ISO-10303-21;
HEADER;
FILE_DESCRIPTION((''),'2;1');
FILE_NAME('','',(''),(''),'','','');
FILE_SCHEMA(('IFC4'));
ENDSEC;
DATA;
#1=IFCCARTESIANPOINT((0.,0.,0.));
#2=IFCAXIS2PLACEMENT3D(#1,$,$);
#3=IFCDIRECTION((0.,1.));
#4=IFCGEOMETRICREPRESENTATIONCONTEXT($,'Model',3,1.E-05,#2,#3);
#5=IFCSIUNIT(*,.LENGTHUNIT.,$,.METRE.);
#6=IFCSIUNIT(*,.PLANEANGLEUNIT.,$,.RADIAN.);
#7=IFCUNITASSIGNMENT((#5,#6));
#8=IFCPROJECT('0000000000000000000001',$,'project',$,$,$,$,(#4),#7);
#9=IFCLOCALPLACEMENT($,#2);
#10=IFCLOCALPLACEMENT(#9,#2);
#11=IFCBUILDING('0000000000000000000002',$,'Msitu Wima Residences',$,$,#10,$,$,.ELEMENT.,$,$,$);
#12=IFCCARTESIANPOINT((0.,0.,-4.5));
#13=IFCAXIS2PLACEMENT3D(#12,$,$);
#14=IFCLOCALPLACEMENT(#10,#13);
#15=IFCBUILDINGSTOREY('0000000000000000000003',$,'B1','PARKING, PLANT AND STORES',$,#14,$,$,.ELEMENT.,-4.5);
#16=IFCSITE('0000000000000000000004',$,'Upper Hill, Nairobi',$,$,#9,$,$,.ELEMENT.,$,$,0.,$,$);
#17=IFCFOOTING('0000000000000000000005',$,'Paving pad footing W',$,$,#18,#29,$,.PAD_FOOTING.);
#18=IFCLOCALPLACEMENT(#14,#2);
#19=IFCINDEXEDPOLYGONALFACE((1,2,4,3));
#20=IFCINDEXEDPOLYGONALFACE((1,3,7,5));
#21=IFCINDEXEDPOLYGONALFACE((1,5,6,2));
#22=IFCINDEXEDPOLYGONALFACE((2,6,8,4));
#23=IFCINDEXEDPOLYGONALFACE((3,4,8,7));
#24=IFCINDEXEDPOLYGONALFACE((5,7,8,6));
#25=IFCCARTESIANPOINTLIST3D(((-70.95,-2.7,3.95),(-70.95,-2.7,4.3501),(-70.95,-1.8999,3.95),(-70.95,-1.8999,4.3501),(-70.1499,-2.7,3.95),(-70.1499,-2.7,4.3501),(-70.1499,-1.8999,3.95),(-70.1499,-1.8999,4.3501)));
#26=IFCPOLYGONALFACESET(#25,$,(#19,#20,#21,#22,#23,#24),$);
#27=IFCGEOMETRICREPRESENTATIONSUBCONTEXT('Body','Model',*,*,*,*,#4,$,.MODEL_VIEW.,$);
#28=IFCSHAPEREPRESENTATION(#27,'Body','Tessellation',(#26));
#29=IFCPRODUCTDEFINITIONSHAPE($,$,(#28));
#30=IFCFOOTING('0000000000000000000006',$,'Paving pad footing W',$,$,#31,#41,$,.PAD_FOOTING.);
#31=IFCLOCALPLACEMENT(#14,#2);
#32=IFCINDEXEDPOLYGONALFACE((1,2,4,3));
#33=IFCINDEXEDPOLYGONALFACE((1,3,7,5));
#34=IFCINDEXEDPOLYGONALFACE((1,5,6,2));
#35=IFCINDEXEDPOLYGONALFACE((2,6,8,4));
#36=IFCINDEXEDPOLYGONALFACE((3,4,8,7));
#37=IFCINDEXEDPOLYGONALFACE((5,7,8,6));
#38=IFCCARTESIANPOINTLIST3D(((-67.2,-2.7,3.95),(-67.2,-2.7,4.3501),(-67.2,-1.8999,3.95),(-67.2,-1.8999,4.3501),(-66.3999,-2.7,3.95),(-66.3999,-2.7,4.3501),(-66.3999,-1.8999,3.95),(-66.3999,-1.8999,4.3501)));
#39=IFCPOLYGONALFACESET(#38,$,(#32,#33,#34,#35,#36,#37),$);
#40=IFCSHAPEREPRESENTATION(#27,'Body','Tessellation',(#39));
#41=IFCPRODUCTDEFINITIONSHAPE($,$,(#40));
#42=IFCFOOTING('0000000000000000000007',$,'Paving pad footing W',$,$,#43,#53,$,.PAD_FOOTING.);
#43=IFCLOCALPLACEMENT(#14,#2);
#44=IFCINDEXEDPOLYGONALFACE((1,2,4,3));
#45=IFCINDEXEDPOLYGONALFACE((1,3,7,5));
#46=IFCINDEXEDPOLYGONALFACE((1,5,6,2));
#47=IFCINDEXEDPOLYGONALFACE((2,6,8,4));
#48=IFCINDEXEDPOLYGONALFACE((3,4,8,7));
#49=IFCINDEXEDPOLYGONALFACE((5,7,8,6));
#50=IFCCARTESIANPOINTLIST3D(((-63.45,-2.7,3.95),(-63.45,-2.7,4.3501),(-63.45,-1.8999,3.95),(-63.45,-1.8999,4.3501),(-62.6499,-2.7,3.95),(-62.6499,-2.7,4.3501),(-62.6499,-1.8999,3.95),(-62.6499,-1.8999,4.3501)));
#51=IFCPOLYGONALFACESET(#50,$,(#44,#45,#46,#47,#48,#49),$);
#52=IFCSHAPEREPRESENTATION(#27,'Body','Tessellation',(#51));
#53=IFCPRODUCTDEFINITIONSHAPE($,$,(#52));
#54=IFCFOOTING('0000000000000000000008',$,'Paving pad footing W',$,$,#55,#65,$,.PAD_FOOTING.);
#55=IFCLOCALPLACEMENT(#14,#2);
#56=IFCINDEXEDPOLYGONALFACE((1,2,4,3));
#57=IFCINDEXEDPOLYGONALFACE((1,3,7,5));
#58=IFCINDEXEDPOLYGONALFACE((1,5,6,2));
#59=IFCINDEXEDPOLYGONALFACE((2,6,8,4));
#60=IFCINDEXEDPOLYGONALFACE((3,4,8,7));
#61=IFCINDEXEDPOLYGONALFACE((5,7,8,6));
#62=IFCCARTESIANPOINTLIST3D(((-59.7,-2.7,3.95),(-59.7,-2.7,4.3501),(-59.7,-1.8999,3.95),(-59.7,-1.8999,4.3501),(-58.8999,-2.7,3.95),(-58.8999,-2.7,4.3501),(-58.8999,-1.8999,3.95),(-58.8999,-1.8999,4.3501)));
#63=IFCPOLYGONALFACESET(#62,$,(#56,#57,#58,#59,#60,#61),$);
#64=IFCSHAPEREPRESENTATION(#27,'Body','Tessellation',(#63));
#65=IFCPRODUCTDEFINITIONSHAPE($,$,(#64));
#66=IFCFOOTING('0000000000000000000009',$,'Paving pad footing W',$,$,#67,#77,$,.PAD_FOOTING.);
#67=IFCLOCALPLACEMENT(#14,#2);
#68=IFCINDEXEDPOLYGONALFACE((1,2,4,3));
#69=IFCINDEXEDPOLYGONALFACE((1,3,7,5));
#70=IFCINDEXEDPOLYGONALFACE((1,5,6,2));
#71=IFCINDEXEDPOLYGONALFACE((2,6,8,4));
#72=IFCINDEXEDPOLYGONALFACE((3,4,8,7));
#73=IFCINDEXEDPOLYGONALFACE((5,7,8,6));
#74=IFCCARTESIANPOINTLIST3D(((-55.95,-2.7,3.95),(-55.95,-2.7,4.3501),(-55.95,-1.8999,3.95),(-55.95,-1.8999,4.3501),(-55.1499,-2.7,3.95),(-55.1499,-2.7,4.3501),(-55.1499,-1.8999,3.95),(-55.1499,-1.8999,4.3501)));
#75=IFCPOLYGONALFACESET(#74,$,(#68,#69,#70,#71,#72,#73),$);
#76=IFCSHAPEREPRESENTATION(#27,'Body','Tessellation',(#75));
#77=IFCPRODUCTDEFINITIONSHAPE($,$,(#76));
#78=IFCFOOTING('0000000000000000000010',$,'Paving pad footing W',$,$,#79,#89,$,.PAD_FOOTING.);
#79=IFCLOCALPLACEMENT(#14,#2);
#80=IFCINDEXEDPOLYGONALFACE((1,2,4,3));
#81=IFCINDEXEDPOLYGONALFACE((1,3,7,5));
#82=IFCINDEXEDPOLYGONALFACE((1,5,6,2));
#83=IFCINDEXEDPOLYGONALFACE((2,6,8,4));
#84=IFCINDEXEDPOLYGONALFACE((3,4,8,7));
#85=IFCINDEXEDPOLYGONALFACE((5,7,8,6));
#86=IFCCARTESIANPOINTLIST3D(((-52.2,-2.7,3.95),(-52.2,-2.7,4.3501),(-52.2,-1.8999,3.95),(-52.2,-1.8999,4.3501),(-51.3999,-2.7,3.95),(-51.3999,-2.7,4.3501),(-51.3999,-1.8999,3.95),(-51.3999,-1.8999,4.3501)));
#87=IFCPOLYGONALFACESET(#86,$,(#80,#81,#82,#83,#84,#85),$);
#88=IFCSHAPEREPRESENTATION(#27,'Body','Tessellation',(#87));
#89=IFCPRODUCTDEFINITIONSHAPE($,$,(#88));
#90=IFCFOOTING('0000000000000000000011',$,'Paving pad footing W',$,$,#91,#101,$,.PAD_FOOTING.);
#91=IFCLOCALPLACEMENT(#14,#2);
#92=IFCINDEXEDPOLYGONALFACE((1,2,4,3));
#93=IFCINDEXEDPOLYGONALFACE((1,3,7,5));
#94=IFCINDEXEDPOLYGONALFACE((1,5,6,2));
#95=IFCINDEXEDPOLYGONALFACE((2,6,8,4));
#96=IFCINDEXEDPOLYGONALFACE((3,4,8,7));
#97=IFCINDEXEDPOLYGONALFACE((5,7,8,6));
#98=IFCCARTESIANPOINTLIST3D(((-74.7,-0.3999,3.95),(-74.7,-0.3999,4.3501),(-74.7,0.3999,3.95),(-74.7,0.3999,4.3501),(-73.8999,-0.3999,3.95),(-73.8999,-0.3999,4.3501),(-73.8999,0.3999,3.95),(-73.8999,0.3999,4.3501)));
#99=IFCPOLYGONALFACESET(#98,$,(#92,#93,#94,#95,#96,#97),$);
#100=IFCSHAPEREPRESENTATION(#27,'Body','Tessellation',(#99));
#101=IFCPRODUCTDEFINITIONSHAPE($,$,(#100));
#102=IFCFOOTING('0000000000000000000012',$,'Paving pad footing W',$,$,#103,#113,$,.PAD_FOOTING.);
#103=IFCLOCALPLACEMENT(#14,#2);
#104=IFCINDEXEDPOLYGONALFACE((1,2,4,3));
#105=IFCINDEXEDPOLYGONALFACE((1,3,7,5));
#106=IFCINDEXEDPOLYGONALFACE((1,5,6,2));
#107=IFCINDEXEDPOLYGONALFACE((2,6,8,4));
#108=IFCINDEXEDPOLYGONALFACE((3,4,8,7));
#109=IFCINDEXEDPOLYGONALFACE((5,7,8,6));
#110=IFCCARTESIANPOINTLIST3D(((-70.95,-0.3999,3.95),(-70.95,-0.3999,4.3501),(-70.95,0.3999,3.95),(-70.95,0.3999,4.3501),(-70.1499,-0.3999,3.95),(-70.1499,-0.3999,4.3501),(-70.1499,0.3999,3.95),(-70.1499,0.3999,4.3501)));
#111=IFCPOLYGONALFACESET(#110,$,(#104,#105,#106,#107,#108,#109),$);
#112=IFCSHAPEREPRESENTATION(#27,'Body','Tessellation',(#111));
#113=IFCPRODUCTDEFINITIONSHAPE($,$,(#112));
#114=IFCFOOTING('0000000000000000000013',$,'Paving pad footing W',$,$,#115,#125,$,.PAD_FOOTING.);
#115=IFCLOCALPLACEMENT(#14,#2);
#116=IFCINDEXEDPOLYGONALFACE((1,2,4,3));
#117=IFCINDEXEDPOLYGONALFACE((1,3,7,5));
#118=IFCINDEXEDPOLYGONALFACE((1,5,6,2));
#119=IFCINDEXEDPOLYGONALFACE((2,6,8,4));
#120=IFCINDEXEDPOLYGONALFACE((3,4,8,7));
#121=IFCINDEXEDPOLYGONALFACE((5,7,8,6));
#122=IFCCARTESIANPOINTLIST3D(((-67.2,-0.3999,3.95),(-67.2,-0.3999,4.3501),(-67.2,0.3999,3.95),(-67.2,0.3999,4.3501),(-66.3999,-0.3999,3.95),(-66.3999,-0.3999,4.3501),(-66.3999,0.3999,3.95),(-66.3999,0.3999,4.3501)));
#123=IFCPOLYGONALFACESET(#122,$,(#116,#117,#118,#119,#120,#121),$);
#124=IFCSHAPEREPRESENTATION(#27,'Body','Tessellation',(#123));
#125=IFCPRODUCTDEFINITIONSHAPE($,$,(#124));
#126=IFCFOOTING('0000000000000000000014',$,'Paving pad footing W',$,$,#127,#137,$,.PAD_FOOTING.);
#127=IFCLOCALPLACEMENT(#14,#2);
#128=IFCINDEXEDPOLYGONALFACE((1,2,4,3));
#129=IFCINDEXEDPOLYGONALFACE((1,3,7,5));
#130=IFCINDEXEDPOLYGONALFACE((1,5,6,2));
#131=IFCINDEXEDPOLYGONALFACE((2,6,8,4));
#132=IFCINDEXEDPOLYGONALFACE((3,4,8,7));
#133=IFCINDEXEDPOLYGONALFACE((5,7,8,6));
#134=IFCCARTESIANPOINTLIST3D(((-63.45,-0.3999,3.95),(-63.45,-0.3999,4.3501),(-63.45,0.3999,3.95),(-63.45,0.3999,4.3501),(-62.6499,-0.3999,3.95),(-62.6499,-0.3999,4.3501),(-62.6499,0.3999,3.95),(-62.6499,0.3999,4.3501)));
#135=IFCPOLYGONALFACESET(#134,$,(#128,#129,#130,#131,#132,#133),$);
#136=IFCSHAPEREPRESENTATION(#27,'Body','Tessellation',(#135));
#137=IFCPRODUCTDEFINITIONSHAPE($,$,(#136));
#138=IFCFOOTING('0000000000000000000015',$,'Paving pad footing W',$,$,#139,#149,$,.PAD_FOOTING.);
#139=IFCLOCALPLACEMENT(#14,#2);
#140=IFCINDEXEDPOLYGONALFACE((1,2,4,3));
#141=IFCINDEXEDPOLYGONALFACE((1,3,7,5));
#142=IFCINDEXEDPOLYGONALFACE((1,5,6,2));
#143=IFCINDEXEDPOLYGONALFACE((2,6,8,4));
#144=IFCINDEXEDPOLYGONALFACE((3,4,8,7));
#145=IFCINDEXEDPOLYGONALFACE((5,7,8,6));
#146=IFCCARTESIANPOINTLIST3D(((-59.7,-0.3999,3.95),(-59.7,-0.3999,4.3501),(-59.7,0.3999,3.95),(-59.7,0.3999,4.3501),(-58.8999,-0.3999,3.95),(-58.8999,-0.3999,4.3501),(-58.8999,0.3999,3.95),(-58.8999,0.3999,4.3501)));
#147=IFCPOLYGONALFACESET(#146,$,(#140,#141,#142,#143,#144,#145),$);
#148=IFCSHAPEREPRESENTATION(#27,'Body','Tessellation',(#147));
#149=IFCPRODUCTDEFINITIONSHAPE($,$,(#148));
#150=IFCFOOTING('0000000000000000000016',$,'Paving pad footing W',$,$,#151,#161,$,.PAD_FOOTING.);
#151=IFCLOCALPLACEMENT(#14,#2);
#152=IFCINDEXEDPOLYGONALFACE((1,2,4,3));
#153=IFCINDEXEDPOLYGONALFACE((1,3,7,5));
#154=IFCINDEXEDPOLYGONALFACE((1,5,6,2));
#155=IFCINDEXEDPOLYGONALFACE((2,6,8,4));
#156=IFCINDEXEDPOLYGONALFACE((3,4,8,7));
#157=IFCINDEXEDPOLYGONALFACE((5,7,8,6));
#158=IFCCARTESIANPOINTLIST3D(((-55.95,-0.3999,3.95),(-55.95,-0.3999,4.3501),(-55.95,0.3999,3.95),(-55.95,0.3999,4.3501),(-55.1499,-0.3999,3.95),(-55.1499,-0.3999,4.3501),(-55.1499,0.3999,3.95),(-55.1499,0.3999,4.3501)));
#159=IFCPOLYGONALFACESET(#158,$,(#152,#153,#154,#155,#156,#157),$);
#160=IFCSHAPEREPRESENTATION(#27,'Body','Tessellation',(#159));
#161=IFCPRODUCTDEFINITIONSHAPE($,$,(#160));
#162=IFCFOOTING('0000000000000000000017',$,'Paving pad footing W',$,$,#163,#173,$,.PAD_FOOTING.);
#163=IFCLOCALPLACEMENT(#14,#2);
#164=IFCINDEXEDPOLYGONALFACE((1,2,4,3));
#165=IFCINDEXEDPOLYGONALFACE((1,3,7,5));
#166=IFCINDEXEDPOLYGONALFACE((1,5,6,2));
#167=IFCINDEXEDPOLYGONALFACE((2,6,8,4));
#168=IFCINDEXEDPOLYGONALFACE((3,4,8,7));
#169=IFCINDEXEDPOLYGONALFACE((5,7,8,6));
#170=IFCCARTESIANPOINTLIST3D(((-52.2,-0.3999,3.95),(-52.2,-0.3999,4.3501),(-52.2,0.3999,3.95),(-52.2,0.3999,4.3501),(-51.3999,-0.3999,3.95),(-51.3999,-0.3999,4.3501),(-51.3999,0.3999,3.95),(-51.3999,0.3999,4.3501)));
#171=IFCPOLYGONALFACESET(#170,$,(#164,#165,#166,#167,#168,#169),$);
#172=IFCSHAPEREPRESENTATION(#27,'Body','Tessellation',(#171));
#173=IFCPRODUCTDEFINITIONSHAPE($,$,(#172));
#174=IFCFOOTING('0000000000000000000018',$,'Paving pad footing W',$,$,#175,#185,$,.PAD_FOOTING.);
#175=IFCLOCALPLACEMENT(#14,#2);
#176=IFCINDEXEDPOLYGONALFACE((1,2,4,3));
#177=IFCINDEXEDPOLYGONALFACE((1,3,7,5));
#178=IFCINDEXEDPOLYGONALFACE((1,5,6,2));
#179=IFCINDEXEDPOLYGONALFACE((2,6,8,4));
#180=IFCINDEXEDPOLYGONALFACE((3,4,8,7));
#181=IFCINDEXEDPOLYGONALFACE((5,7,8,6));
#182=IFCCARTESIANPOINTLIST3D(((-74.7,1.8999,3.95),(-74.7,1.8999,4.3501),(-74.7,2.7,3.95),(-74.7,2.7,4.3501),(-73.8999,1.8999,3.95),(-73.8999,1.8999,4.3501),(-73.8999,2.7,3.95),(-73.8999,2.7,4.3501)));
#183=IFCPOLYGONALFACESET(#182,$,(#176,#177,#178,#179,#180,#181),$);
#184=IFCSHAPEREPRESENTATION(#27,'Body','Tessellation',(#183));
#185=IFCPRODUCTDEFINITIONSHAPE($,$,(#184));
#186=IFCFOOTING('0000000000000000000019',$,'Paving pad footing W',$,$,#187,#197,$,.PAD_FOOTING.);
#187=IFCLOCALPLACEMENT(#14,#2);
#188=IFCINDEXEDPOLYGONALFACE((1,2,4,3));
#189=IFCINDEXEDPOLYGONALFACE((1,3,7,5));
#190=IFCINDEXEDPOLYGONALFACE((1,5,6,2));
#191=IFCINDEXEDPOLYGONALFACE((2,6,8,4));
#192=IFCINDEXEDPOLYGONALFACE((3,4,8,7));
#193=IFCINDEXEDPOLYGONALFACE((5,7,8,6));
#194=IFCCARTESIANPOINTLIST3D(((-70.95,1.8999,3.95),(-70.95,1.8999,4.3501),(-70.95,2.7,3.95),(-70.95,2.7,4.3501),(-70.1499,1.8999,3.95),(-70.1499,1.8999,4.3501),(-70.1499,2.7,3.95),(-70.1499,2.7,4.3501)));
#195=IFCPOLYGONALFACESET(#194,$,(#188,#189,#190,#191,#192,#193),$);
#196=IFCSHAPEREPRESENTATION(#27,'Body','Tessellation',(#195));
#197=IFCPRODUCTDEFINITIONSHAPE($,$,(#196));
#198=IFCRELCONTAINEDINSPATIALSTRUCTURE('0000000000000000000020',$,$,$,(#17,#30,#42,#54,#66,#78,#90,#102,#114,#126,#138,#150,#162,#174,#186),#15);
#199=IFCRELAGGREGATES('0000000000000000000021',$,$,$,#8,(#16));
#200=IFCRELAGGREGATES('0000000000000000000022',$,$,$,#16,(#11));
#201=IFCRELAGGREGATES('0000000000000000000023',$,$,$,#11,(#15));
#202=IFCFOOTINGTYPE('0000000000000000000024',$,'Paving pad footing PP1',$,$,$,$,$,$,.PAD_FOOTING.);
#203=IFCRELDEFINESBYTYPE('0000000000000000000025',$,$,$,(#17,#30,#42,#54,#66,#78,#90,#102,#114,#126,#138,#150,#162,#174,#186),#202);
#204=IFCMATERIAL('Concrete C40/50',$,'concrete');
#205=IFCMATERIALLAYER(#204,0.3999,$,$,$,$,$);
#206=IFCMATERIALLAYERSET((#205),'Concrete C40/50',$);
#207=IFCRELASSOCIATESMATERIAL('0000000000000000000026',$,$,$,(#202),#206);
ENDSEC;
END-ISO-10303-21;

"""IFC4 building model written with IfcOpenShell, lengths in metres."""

from ifc_helpers import new_model, si_unit, direction, frame, origin, place, context, subcontext, project, spatial, polyline, outline, extrude, material, layer, layer_set, type_object, element, save


model = new_model("IFC4")

# Units and contexts
model_context = context("Model", 3, precision=1e-05, world=origin(), true_north=direction((0.0, 1.0)))
body_context = subcontext(model_context, "Body", "Model", "MODEL_VIEW")
ifc_project = project(units=[si_unit("LENGTHUNIT", "METRE"), si_unit("PLANEANGLEUNIT", "RADIAN")], contexts=[model_context])

# Site, building, storey
site_placement = place(None, origin())
site = spatial("IfcSite", under=ifc_project, at=site_placement, Name="Upper Hill, Nairobi", CompositionType="ELEMENT", RefElevation=0.0)
building_placement = place(site_placement, origin())
building = spatial("IfcBuilding", under=site, at=building_placement, Name="Msitu Wima Residences", CompositionType="ELEMENT")
storey_placement = place(building_placement, frame((0.0, 0.0, -4.5)))
storey = spatial("IfcBuildingStorey", under=building, at=storey_placement, Name="B1", Description="PARKING, PLANT AND STORES", CompositionType="ELEMENT", Elevation=-4.5)

# Footings
ifc_material = material(Name="Concrete C40/50", Category="concrete")
ifc_layer = layer(ifc_material, 0.3999)
ifc_layer_set = layer_set([ifc_layer], Name="Concrete C40/50")
footing_type = type_object("IfcFootingType", Name="Paving pad footing PP1", PredefinedType="PAD_FOOTING", material=ifc_layer_set)
footing_1_placement = place(storey_placement, frame((0.0, 0.0, 3.95)))
element("IfcFooting", 1, at=footing_1_placement, inside=storey, type_object=footing_type, Name="Paving pad footing W", PredefinedType="PAD_FOOTING", context=body_context, shape_type="SweptSolid", body=[
    extrude(outline(polyline([(-70.1499, -2.7), (-70.1499, -1.8999), (-70.95, -1.8999), (-70.95, -2.7), (-70.1499, -2.7)])), origin(), (0.0, 0.0, 1.0), 0.4001),
])
footing_2_placement = place(storey_placement, frame((0.0, 0.0, 3.95)))
element("IfcFooting", 2, at=footing_2_placement, inside=storey, type_object=footing_type, Name="Paving pad footing W", PredefinedType="PAD_FOOTING", context=body_context, shape_type="SweptSolid", body=[
    extrude(outline(polyline([(-66.3999, -2.7), (-66.3999, -1.8999), (-67.2, -1.8999), (-67.2, -2.7), (-66.3999, -2.7)])), origin(), (0.0, 0.0, 1.0), 0.4001),
])
footing_3_placement = place(storey_placement, frame((0.0, 0.0, 3.95)))
element("IfcFooting", 3, at=footing_3_placement, inside=storey, type_object=footing_type, Name="Paving pad footing W", PredefinedType="PAD_FOOTING", context=body_context, shape_type="SweptSolid", body=[
    extrude(outline(polyline([(-62.6499, -2.7), (-62.6499, -1.8999), (-63.45, -1.8999), (-63.45, -2.7), (-62.6499, -2.7)])), origin(), (0.0, 0.0, 1.0), 0.4001),
])
footing_4_placement = place(storey_placement, frame((0.0, 0.0, 3.95)))
element("IfcFooting", 4, at=footing_4_placement, inside=storey, type_object=footing_type, Name="Paving pad footing W", PredefinedType="PAD_FOOTING", context=body_context, shape_type="SweptSolid", body=[
    extrude(outline(polyline([(-58.8999, -2.7), (-58.8999, -1.8999), (-59.7, -1.8999), (-59.7, -2.7), (-58.8999, -2.7)])), origin(), (0.0, 0.0, 1.0), 0.4001),
])
footing_5_placement = place(storey_placement, frame((0.0, 0.0, 3.95)))
element("IfcFooting", 5, at=footing_5_placement, inside=storey, type_object=footing_type, Name="Paving pad footing W", PredefinedType="PAD_FOOTING", context=body_context, shape_type="SweptSolid", body=[
    extrude(outline(polyline([(-55.1499, -2.7), (-55.1499, -1.8999), (-55.95, -1.8999), (-55.95, -2.7), (-55.1499, -2.7)])), origin(), (0.0, 0.0, 1.0), 0.4001),
])
footing_6_placement = place(storey_placement, frame((0.0, 0.0, 3.95)))
element("IfcFooting", 6, at=footing_6_placement, inside=storey, type_object=footing_type, Name="Paving pad footing W", PredefinedType="PAD_FOOTING", context=body_context, shape_type="SweptSolid", body=[
    extrude(outline(polyline([(-51.3999, -2.7), (-51.3999, -1.8999), (-52.2, -1.8999), (-52.2, -2.7), (-51.3999, -2.7)])), origin(), (0.0, 0.0, 1.0), 0.4001),
])
footing_7_placement = place(storey_placement, frame((0.0, 0.0, 3.95)))
element("IfcFooting", 7, at=footing_7_placement, inside=storey, type_object=footing_type, Name="Paving pad footing W", PredefinedType="PAD_FOOTING", context=body_context, shape_type="SweptSolid", body=[
    extrude(outline(polyline([(-73.8999, -0.3999), (-73.8999, 0.3999), (-74.7, 0.3999), (-74.7, -0.3999), (-73.8999, -0.3999)])), origin(), (0.0, 0.0, 1.0), 0.4001),
])
footing_8_placement = place(storey_placement, frame((0.0, 0.0, 3.95)))
element("IfcFooting", 8, at=footing_8_placement, inside=storey, type_object=footing_type, Name="Paving pad footing W", PredefinedType="PAD_FOOTING", context=body_context, shape_type="SweptSolid", body=[
    extrude(outline(polyline([(-70.1499, -0.3999), (-70.1499, 0.3999), (-70.95, 0.3999), (-70.95, -0.3999), (-70.1499, -0.3999)])), origin(), (0.0, 0.0, 1.0), 0.4001),
])
footing_9_placement = place(storey_placement, frame((0.0, 0.0, 3.95)))
element("IfcFooting", 9, at=footing_9_placement, inside=storey, type_object=footing_type, Name="Paving pad footing W", PredefinedType="PAD_FOOTING", context=body_context, shape_type="SweptSolid", body=[
    extrude(outline(polyline([(-66.3999, -0.3999), (-66.3999, 0.3999), (-67.2, 0.3999), (-67.2, -0.3999), (-66.3999, -0.3999)])), origin(), (0.0, 0.0, 1.0), 0.4001),
])
footing_10_placement = place(storey_placement, frame((0.0, 0.0, 3.95)))
element("IfcFooting", 10, at=footing_10_placement, inside=storey, type_object=footing_type, Name="Paving pad footing W", PredefinedType="PAD_FOOTING", context=body_context, shape_type="SweptSolid", body=[
    extrude(outline(polyline([(-62.6499, -0.3999), (-62.6499, 0.3999), (-63.45, 0.3999), (-63.45, -0.3999), (-62.6499, -0.3999)])), origin(), (0.0, 0.0, 1.0), 0.4001),
])
footing_11_placement = place(storey_placement, frame((0.0, 0.0, 3.95)))
element("IfcFooting", 11, at=footing_11_placement, inside=storey, type_object=footing_type, Name="Paving pad footing W", PredefinedType="PAD_FOOTING", context=body_context, shape_type="SweptSolid", body=[
    extrude(outline(polyline([(-58.8999, -0.3999), (-58.8999, 0.3999), (-59.7, 0.3999), (-59.7, -0.3999), (-58.8999, -0.3999)])), origin(), (0.0, 0.0, 1.0), 0.4001),
])
footing_12_placement = place(storey_placement, frame((0.0, 0.0, 3.95)))
element("IfcFooting", 12, at=footing_12_placement, inside=storey, type_object=footing_type, Name="Paving pad footing W", PredefinedType="PAD_FOOTING", context=body_context, shape_type="SweptSolid", body=[
    extrude(outline(polyline([(-55.1499, -0.3999), (-55.1499, 0.3999), (-55.95, 0.3999), (-55.95, -0.3999), (-55.1499, -0.3999)])), origin(), (0.0, 0.0, 1.0), 0.4001),
])
footing_13_placement = place(storey_placement, frame((0.0, 0.0, 3.95)))
element("IfcFooting", 13, at=footing_13_placement, inside=storey, type_object=footing_type, Name="Paving pad footing W", PredefinedType="PAD_FOOTING", context=body_context, shape_type="SweptSolid", body=[
    extrude(outline(polyline([(-51.3999, -0.3999), (-51.3999, 0.3999), (-52.2, 0.3999), (-52.2, -0.3999), (-51.3999, -0.3999)])), origin(), (0.0, 0.0, 1.0), 0.4001),
])
footing_14_placement = place(storey_placement, frame((0.0, 0.0, 3.95)))
element("IfcFooting", 14, at=footing_14_placement, inside=storey, type_object=footing_type, Name="Paving pad footing W", PredefinedType="PAD_FOOTING", context=body_context, shape_type="SweptSolid", body=[
    extrude(outline(polyline([(-73.8999, 1.8999), (-73.8999, 2.7), (-74.7, 2.7), (-74.7, 1.8999), (-73.8999, 1.8999)])), origin(), (0.0, 0.0, 1.0), 0.4001),
])
footing_15_placement = place(storey_placement, frame((0.0, 0.0, 3.95)))
element("IfcFooting", 15, at=footing_15_placement, inside=storey, type_object=footing_type, Name="Paving pad footing W", PredefinedType="PAD_FOOTING", context=body_context, shape_type="SweptSolid", body=[
    extrude(outline(polyline([(-70.1499, 1.8999), (-70.1499, 2.7), (-70.95, 2.7), (-70.95, 1.8999), (-70.1499, 1.8999)])), origin(), (0.0, 0.0, 1.0), 0.4001),
])

save(model, "model.ifc")
